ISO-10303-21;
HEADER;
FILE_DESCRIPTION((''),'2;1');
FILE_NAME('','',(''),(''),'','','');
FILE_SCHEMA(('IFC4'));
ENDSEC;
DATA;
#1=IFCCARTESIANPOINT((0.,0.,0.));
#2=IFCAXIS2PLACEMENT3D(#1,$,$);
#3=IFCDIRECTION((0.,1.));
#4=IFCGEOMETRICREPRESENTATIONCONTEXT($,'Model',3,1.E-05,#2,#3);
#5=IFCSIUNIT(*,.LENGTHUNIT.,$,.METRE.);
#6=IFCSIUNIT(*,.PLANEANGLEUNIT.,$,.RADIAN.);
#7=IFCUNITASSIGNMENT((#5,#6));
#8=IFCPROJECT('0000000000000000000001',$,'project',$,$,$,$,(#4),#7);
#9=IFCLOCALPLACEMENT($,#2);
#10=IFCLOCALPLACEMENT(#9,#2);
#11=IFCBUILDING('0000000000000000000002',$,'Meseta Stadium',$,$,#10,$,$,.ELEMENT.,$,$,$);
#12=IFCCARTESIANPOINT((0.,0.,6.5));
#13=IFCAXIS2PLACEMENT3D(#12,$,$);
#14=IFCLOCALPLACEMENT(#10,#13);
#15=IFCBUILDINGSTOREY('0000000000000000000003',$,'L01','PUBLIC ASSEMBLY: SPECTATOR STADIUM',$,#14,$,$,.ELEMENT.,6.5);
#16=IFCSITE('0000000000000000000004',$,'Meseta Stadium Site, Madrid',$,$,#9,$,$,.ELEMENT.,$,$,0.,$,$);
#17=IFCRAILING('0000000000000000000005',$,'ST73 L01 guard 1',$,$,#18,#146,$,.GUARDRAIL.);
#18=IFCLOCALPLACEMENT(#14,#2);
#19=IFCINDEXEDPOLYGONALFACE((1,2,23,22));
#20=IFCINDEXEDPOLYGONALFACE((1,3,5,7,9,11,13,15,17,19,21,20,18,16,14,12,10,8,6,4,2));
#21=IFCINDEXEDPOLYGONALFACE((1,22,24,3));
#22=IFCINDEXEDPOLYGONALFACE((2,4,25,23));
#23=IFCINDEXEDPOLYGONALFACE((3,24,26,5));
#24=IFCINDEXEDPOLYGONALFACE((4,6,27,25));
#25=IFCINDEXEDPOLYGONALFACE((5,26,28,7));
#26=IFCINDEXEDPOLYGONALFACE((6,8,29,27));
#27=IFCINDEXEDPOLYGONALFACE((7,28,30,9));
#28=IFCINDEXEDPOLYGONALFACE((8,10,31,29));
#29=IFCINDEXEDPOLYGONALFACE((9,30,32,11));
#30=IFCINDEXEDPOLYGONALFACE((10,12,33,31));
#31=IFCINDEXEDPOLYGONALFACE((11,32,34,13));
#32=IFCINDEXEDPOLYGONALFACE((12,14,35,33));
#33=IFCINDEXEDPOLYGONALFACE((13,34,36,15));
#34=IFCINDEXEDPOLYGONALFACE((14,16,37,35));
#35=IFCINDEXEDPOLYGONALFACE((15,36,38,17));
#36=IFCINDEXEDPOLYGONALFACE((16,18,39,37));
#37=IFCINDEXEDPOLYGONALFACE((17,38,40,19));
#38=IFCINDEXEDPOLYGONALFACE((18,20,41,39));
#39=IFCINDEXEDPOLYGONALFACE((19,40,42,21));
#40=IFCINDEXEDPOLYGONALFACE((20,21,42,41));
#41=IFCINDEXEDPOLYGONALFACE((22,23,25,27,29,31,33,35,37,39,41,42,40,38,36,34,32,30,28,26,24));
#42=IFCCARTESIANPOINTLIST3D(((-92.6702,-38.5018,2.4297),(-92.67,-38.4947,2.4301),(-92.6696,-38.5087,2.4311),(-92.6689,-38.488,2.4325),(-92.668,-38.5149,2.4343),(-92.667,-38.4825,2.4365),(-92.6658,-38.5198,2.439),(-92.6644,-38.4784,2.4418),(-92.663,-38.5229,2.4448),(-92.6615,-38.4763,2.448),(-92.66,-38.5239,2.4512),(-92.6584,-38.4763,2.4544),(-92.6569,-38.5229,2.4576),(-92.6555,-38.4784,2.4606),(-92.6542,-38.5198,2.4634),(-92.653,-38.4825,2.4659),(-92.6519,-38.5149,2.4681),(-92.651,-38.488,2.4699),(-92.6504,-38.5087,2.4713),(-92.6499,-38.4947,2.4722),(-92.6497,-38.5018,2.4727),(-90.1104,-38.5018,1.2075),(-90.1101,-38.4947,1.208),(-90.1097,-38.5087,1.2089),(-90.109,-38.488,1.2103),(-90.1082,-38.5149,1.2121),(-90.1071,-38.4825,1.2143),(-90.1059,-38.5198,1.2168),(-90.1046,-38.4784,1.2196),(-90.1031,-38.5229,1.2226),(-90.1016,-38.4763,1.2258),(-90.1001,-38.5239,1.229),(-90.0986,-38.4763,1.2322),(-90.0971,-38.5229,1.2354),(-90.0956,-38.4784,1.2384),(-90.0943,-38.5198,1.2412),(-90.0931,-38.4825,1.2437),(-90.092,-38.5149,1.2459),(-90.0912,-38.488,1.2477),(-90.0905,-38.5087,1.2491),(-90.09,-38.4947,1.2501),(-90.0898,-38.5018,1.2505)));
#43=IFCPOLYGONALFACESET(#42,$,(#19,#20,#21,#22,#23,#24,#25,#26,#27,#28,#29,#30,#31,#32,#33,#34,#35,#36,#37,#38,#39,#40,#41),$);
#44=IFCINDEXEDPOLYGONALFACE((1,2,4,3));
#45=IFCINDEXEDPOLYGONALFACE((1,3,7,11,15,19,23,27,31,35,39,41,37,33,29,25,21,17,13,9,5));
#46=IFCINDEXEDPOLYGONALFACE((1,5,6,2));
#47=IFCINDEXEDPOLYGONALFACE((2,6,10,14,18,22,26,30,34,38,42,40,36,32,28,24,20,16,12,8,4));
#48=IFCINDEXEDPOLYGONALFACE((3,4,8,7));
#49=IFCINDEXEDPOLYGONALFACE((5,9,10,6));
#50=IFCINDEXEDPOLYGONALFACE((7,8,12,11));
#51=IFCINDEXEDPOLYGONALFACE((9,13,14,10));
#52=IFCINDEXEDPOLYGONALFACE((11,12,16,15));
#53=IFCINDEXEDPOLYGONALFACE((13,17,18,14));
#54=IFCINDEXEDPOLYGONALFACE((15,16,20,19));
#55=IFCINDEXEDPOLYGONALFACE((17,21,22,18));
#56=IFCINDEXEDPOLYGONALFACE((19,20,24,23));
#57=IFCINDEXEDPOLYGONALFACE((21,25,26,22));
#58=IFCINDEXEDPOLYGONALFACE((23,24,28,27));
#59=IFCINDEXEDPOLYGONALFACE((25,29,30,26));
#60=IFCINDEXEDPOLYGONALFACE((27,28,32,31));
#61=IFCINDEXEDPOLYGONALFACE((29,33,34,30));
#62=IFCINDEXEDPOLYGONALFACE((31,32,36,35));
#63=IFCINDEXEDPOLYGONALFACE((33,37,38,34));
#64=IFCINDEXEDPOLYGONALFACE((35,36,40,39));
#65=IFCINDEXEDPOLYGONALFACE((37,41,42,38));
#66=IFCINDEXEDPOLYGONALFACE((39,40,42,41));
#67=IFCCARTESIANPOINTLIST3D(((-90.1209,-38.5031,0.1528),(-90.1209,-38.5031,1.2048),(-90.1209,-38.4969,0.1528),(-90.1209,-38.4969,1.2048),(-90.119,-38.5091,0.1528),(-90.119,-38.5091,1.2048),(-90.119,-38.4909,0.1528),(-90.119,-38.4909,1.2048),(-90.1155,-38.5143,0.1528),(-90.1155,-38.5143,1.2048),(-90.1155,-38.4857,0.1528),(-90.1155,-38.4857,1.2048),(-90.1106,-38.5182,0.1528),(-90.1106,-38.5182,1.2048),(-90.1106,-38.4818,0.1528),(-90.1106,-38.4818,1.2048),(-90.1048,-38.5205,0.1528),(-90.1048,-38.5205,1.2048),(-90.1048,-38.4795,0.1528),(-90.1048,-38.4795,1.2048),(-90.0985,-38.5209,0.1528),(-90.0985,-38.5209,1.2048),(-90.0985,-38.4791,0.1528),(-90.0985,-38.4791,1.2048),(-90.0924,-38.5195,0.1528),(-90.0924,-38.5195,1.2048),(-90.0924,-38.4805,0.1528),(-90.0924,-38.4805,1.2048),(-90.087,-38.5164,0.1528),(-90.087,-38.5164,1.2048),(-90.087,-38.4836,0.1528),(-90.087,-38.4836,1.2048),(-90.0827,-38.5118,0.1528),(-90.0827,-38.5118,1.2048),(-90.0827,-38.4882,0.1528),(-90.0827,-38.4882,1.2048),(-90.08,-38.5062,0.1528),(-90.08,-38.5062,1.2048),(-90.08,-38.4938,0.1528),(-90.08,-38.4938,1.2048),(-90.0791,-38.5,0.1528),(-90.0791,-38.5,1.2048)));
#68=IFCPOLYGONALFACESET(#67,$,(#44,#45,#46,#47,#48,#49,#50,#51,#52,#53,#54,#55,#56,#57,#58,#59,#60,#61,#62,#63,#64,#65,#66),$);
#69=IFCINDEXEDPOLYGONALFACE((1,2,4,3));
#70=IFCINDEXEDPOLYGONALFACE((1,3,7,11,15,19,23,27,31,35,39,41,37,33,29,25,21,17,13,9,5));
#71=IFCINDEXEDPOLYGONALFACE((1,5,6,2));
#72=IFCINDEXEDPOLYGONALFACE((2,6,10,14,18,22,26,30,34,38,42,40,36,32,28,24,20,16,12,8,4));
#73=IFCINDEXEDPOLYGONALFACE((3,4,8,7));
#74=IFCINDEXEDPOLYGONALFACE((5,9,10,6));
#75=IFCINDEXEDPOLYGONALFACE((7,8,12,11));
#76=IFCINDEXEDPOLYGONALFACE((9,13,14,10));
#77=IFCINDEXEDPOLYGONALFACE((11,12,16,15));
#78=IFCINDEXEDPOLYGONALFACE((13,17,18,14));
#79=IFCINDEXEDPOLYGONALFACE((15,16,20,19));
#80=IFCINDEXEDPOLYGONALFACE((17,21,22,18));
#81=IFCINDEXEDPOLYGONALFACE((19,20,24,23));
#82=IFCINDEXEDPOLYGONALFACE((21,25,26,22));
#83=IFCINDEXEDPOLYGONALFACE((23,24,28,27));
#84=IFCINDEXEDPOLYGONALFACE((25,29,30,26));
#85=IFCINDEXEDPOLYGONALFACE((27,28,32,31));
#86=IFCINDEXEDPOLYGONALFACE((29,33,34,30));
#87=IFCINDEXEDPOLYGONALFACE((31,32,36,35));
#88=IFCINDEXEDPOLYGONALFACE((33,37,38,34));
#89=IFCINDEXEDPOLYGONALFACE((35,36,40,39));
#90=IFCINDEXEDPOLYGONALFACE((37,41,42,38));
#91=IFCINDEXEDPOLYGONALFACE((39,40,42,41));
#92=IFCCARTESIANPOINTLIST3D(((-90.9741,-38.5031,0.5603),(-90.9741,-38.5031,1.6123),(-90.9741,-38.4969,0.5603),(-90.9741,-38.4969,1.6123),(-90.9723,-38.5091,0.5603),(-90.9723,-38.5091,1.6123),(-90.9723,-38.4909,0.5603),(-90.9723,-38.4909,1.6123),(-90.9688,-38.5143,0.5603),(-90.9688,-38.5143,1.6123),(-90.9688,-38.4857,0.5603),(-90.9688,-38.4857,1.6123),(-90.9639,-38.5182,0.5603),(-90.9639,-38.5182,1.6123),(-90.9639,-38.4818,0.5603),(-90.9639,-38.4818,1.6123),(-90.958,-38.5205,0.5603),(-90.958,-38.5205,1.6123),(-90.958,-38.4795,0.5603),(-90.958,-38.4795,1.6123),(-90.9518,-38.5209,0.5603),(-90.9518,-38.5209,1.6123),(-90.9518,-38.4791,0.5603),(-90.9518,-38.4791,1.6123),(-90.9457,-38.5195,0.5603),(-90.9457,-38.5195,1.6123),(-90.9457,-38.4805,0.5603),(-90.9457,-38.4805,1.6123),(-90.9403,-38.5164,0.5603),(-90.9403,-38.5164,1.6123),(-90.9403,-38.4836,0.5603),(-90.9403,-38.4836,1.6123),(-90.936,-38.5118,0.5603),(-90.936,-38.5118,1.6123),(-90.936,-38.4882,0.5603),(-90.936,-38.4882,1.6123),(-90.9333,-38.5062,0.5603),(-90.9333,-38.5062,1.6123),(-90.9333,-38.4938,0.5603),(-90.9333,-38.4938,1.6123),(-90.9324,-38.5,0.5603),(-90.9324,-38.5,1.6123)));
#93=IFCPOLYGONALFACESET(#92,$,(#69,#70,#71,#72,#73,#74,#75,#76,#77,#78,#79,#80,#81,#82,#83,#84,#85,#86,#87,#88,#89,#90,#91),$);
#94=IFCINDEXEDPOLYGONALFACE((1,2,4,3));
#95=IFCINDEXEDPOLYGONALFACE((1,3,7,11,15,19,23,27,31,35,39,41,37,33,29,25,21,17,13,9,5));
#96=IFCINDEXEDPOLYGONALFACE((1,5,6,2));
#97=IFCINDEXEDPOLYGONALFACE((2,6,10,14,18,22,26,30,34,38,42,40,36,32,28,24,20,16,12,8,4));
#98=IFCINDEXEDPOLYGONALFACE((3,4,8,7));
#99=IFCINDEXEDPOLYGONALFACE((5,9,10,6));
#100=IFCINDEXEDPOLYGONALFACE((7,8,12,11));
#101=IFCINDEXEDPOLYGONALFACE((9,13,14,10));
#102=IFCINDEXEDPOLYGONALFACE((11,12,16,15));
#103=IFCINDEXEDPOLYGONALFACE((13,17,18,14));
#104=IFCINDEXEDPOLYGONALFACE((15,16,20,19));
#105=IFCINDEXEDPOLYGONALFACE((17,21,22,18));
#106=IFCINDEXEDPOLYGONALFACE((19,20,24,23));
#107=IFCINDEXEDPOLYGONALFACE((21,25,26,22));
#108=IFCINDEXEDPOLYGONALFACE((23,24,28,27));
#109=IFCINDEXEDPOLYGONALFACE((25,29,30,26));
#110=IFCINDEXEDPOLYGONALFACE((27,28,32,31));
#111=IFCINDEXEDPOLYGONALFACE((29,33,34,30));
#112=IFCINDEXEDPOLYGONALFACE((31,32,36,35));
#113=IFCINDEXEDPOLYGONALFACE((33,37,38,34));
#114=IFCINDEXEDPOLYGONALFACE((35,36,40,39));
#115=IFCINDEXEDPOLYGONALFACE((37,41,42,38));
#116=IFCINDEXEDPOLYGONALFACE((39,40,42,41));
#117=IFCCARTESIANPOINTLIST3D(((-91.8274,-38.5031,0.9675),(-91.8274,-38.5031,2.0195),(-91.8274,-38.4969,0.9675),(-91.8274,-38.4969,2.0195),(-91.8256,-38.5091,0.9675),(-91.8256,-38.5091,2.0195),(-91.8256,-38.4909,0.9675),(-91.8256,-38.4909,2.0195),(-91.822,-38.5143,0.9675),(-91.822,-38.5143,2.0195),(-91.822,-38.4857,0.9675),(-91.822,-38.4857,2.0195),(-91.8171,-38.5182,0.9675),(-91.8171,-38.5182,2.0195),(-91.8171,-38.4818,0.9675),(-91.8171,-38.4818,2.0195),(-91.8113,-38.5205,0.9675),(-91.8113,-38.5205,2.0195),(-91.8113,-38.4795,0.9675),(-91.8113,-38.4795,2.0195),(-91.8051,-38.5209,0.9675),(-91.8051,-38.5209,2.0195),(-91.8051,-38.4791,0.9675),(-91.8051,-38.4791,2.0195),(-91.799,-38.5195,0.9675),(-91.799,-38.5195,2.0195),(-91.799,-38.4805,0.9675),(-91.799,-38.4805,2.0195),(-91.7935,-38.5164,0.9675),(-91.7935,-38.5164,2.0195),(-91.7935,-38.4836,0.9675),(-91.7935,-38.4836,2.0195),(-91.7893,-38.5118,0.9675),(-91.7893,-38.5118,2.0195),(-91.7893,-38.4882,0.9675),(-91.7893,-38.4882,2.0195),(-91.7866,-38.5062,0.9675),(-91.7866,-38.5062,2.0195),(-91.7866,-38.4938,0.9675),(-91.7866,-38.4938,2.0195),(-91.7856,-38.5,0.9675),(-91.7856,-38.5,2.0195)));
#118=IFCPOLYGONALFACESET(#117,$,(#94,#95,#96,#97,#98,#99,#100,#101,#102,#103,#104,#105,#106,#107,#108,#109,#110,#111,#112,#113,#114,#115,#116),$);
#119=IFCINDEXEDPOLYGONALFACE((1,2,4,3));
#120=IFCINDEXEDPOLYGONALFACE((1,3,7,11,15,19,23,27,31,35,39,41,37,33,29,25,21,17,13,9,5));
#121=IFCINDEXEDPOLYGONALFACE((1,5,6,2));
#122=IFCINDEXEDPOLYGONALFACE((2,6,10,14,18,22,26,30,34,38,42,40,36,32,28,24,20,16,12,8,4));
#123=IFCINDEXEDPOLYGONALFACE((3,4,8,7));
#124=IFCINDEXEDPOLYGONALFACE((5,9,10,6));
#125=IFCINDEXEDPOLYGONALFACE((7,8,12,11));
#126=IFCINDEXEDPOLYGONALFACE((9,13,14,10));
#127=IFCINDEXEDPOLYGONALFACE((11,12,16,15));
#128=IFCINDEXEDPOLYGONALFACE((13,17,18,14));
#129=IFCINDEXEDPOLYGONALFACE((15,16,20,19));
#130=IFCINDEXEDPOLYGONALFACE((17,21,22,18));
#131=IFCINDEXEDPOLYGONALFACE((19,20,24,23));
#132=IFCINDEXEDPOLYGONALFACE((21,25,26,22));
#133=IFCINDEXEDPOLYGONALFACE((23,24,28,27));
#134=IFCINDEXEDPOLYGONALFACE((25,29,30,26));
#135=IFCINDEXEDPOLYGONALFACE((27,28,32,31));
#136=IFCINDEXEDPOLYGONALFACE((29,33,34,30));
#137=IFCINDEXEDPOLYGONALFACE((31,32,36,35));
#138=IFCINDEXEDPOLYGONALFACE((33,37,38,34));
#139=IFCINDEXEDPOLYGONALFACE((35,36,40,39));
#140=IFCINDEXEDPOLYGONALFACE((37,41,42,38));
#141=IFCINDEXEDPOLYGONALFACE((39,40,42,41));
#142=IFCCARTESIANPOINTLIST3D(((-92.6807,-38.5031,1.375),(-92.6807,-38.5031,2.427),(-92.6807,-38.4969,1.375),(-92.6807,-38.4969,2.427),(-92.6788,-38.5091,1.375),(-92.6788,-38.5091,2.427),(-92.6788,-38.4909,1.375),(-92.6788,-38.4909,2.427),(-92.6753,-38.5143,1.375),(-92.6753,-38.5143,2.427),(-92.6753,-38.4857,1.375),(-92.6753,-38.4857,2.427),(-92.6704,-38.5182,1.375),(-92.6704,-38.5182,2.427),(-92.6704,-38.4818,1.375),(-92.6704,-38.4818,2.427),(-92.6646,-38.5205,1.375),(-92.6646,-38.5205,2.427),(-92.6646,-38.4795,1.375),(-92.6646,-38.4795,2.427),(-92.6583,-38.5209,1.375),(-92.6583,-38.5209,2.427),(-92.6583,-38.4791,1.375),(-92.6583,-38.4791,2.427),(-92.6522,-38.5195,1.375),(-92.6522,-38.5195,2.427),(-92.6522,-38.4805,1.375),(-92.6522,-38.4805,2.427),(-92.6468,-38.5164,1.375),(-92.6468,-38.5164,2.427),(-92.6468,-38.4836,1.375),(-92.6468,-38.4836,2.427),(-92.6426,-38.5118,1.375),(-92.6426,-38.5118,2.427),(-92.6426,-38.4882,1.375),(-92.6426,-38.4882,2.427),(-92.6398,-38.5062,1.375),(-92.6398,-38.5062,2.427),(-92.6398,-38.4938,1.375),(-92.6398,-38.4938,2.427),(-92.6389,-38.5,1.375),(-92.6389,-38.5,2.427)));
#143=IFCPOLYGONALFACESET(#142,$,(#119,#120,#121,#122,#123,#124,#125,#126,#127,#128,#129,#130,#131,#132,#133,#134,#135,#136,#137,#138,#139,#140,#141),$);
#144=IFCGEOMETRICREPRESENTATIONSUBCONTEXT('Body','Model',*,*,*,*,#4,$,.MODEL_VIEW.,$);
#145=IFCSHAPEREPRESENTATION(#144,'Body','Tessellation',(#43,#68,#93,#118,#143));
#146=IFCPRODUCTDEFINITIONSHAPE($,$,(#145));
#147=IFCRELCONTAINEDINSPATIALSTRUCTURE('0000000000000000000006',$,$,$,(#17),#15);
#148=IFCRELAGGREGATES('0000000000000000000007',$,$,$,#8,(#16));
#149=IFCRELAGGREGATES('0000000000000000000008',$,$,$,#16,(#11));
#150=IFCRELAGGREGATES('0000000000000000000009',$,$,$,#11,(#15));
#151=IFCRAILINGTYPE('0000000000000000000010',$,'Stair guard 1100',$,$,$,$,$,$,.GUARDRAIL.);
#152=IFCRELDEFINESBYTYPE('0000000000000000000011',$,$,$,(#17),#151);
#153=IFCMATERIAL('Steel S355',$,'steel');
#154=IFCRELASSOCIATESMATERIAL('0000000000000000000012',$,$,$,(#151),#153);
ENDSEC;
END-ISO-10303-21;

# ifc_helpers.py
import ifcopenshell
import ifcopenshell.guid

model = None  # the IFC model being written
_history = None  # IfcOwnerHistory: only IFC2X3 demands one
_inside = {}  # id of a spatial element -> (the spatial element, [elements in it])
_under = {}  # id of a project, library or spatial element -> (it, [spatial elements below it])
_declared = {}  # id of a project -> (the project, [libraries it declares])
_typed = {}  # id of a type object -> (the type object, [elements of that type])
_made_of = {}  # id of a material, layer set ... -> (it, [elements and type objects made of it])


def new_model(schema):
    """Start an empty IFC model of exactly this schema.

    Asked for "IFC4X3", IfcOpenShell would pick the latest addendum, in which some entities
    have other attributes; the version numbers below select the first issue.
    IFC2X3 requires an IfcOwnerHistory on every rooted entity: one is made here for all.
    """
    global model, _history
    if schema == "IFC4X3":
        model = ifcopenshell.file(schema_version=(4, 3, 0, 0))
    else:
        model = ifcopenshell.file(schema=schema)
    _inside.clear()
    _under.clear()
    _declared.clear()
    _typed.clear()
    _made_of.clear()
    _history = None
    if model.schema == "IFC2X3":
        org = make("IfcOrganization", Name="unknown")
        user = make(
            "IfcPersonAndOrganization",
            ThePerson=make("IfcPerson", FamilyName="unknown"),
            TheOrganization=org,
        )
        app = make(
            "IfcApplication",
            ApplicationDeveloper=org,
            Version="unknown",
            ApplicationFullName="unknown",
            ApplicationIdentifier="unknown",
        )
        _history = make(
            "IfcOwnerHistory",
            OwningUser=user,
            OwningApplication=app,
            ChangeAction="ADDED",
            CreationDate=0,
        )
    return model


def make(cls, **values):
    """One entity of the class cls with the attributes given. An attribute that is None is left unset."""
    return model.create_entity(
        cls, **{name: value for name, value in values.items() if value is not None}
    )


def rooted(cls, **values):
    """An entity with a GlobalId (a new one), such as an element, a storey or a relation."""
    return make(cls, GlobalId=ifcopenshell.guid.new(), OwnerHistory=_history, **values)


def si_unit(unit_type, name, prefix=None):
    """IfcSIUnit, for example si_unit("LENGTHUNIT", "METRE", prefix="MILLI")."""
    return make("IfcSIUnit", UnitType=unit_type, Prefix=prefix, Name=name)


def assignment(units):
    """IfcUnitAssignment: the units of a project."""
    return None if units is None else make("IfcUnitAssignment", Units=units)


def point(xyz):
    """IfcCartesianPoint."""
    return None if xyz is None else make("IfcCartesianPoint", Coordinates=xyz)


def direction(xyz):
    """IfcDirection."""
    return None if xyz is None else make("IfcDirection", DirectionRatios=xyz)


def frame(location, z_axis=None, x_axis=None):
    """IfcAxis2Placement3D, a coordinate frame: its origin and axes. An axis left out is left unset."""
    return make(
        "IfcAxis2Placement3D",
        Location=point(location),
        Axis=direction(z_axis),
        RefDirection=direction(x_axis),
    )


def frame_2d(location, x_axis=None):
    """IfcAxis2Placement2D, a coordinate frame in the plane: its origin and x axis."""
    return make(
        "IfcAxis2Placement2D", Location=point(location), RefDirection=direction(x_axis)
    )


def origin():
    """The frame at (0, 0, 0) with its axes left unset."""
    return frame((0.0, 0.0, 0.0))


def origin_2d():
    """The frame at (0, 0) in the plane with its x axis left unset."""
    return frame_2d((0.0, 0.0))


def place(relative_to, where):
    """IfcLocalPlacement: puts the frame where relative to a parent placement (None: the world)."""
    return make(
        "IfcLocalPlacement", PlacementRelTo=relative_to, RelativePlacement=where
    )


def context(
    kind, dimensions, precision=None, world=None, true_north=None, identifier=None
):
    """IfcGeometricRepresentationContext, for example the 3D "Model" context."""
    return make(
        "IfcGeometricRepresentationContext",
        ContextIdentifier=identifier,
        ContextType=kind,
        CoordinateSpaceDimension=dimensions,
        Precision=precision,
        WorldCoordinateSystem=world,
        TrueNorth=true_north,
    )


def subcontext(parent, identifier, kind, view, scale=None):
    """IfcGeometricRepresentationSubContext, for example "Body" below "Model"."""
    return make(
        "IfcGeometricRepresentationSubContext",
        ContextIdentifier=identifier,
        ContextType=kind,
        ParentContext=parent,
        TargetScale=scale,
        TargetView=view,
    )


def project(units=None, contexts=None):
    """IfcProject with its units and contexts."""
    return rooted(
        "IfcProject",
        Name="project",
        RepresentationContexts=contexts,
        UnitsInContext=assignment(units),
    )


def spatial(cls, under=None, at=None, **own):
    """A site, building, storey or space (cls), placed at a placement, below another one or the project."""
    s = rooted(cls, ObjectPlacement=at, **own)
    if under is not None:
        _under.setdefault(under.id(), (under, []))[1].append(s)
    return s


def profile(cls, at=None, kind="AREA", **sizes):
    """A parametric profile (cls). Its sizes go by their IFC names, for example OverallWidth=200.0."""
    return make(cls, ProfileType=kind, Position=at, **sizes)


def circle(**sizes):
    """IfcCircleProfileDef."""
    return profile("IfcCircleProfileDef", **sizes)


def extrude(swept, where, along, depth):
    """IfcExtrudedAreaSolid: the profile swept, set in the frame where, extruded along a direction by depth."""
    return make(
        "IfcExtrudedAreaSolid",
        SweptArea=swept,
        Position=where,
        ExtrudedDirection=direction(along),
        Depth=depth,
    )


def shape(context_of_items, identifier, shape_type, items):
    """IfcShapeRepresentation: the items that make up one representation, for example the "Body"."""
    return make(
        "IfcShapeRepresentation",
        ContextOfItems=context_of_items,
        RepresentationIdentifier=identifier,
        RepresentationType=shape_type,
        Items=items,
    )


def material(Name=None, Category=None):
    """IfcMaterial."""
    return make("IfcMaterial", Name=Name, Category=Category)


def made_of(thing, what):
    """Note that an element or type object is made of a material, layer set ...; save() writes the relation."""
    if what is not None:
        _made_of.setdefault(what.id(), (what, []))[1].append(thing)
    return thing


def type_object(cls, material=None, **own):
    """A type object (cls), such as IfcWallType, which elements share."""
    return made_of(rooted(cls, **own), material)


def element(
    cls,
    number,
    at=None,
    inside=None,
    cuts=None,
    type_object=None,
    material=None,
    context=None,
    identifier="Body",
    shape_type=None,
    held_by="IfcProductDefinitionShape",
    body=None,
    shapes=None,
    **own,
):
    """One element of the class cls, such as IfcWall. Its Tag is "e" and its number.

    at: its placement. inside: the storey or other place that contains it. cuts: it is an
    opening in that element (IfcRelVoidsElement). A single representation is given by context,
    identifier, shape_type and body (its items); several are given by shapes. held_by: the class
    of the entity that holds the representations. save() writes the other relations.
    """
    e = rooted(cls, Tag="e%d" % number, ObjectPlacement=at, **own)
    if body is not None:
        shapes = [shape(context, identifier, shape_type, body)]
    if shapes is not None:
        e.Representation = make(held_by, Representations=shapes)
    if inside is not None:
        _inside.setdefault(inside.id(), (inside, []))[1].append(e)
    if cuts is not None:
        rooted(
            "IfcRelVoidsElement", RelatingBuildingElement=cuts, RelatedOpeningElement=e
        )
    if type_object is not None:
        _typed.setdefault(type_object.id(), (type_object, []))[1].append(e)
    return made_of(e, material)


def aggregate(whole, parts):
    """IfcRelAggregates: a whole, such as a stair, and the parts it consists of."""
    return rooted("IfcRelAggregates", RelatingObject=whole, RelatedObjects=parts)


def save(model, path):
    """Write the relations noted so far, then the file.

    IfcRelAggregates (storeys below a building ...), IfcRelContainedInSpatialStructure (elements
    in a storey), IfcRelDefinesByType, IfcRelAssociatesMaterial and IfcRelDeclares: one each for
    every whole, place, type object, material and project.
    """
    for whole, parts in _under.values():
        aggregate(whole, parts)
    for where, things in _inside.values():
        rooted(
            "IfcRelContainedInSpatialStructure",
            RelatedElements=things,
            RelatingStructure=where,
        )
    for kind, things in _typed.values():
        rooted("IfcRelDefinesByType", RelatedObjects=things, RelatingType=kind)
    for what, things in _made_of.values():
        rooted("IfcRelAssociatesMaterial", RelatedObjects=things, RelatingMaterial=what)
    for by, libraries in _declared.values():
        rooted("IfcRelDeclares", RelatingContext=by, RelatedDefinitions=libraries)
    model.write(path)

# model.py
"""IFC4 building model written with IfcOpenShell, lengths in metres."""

from ifc_helpers import new_model, si_unit, direction, frame, origin, origin_2d, place, context, subcontext, project, spatial, circle, extrude, material, type_object, element, save


model = new_model("IFC4")

# Units and contexts
model_context = context("Model", 3, precision=1e-05, world=origin(), true_north=direction((0.0, 1.0)))
body_context = subcontext(model_context, "Body", "Model", "MODEL_VIEW")
ifc_project = project(units=[si_unit("LENGTHUNIT", "METRE"), si_unit("PLANEANGLEUNIT", "RADIAN")], contexts=[model_context])

# Site, building, storey
site_placement = place(None, origin())
site = spatial("IfcSite", under=ifc_project, at=site_placement, Name="Meseta Stadium Site, Madrid", CompositionType="ELEMENT", RefElevation=0.0)
building_placement = place(site_placement, origin())
building = spatial("IfcBuilding", under=site, at=building_placement, Name="Meseta Stadium", CompositionType="ELEMENT")
storey_placement = place(building_placement, frame((0.0, 0.0, 6.5)))
storey = spatial("IfcBuildingStorey", under=building, at=storey_placement, Name="L01", Description="PUBLIC ASSEMBLY: SPECTATOR STADIUM", CompositionType="ELEMENT", Elevation=6.5)

# Railing
ifc_material_1 = material(Name="Steel S355", Category="steel")
railing_type_1 = type_object("IfcRailingType", Name="Stair guard 1100", PredefinedType="GUARDRAIL", material=ifc_material_1)
railing_1_placement = place(storey_placement, frame((-90.1001, -38.5, 0.1528)))
element("IfcRailing", 1, at=railing_1_placement, inside=storey, type_object=railing_type_1, Name="ST73 L01 guard 1", PredefinedType="GUARDRAIL", context=body_context, shape_type="SweptSolid", body=[
    extrude(circle(Radius=0.0239, at=origin_2d()), frame((0.0, 0.0, 1.0762), z_axis=(-0.902421, 0.0, 0.430855), x_axis=(0.0, -1.0, 0.0)), (0.0, 0.0, 1.0), 2.8367),
    extrude(circle(Radius=0.021, at=origin_2d()), origin(), (0.0, 0.0, 1.0), 1.052),
    extrude(circle(Radius=0.021, at=origin_2d()), frame((-0.8533, 0.0, 0.4075)), (0.0, 0.0, 1.0), 1.052),
    extrude(circle(Radius=0.021, at=origin_2d()), frame((-1.7065, 0.0, 0.8147)), (0.0, 0.0, 1.0), 1.052),
    extrude(circle(Radius=0.021, at=origin_2d()), frame((-2.5598, 0.0, 1.2222)), (0.0, 0.0, 1.0), 1.052),
])

save(model, "model.ifc")
